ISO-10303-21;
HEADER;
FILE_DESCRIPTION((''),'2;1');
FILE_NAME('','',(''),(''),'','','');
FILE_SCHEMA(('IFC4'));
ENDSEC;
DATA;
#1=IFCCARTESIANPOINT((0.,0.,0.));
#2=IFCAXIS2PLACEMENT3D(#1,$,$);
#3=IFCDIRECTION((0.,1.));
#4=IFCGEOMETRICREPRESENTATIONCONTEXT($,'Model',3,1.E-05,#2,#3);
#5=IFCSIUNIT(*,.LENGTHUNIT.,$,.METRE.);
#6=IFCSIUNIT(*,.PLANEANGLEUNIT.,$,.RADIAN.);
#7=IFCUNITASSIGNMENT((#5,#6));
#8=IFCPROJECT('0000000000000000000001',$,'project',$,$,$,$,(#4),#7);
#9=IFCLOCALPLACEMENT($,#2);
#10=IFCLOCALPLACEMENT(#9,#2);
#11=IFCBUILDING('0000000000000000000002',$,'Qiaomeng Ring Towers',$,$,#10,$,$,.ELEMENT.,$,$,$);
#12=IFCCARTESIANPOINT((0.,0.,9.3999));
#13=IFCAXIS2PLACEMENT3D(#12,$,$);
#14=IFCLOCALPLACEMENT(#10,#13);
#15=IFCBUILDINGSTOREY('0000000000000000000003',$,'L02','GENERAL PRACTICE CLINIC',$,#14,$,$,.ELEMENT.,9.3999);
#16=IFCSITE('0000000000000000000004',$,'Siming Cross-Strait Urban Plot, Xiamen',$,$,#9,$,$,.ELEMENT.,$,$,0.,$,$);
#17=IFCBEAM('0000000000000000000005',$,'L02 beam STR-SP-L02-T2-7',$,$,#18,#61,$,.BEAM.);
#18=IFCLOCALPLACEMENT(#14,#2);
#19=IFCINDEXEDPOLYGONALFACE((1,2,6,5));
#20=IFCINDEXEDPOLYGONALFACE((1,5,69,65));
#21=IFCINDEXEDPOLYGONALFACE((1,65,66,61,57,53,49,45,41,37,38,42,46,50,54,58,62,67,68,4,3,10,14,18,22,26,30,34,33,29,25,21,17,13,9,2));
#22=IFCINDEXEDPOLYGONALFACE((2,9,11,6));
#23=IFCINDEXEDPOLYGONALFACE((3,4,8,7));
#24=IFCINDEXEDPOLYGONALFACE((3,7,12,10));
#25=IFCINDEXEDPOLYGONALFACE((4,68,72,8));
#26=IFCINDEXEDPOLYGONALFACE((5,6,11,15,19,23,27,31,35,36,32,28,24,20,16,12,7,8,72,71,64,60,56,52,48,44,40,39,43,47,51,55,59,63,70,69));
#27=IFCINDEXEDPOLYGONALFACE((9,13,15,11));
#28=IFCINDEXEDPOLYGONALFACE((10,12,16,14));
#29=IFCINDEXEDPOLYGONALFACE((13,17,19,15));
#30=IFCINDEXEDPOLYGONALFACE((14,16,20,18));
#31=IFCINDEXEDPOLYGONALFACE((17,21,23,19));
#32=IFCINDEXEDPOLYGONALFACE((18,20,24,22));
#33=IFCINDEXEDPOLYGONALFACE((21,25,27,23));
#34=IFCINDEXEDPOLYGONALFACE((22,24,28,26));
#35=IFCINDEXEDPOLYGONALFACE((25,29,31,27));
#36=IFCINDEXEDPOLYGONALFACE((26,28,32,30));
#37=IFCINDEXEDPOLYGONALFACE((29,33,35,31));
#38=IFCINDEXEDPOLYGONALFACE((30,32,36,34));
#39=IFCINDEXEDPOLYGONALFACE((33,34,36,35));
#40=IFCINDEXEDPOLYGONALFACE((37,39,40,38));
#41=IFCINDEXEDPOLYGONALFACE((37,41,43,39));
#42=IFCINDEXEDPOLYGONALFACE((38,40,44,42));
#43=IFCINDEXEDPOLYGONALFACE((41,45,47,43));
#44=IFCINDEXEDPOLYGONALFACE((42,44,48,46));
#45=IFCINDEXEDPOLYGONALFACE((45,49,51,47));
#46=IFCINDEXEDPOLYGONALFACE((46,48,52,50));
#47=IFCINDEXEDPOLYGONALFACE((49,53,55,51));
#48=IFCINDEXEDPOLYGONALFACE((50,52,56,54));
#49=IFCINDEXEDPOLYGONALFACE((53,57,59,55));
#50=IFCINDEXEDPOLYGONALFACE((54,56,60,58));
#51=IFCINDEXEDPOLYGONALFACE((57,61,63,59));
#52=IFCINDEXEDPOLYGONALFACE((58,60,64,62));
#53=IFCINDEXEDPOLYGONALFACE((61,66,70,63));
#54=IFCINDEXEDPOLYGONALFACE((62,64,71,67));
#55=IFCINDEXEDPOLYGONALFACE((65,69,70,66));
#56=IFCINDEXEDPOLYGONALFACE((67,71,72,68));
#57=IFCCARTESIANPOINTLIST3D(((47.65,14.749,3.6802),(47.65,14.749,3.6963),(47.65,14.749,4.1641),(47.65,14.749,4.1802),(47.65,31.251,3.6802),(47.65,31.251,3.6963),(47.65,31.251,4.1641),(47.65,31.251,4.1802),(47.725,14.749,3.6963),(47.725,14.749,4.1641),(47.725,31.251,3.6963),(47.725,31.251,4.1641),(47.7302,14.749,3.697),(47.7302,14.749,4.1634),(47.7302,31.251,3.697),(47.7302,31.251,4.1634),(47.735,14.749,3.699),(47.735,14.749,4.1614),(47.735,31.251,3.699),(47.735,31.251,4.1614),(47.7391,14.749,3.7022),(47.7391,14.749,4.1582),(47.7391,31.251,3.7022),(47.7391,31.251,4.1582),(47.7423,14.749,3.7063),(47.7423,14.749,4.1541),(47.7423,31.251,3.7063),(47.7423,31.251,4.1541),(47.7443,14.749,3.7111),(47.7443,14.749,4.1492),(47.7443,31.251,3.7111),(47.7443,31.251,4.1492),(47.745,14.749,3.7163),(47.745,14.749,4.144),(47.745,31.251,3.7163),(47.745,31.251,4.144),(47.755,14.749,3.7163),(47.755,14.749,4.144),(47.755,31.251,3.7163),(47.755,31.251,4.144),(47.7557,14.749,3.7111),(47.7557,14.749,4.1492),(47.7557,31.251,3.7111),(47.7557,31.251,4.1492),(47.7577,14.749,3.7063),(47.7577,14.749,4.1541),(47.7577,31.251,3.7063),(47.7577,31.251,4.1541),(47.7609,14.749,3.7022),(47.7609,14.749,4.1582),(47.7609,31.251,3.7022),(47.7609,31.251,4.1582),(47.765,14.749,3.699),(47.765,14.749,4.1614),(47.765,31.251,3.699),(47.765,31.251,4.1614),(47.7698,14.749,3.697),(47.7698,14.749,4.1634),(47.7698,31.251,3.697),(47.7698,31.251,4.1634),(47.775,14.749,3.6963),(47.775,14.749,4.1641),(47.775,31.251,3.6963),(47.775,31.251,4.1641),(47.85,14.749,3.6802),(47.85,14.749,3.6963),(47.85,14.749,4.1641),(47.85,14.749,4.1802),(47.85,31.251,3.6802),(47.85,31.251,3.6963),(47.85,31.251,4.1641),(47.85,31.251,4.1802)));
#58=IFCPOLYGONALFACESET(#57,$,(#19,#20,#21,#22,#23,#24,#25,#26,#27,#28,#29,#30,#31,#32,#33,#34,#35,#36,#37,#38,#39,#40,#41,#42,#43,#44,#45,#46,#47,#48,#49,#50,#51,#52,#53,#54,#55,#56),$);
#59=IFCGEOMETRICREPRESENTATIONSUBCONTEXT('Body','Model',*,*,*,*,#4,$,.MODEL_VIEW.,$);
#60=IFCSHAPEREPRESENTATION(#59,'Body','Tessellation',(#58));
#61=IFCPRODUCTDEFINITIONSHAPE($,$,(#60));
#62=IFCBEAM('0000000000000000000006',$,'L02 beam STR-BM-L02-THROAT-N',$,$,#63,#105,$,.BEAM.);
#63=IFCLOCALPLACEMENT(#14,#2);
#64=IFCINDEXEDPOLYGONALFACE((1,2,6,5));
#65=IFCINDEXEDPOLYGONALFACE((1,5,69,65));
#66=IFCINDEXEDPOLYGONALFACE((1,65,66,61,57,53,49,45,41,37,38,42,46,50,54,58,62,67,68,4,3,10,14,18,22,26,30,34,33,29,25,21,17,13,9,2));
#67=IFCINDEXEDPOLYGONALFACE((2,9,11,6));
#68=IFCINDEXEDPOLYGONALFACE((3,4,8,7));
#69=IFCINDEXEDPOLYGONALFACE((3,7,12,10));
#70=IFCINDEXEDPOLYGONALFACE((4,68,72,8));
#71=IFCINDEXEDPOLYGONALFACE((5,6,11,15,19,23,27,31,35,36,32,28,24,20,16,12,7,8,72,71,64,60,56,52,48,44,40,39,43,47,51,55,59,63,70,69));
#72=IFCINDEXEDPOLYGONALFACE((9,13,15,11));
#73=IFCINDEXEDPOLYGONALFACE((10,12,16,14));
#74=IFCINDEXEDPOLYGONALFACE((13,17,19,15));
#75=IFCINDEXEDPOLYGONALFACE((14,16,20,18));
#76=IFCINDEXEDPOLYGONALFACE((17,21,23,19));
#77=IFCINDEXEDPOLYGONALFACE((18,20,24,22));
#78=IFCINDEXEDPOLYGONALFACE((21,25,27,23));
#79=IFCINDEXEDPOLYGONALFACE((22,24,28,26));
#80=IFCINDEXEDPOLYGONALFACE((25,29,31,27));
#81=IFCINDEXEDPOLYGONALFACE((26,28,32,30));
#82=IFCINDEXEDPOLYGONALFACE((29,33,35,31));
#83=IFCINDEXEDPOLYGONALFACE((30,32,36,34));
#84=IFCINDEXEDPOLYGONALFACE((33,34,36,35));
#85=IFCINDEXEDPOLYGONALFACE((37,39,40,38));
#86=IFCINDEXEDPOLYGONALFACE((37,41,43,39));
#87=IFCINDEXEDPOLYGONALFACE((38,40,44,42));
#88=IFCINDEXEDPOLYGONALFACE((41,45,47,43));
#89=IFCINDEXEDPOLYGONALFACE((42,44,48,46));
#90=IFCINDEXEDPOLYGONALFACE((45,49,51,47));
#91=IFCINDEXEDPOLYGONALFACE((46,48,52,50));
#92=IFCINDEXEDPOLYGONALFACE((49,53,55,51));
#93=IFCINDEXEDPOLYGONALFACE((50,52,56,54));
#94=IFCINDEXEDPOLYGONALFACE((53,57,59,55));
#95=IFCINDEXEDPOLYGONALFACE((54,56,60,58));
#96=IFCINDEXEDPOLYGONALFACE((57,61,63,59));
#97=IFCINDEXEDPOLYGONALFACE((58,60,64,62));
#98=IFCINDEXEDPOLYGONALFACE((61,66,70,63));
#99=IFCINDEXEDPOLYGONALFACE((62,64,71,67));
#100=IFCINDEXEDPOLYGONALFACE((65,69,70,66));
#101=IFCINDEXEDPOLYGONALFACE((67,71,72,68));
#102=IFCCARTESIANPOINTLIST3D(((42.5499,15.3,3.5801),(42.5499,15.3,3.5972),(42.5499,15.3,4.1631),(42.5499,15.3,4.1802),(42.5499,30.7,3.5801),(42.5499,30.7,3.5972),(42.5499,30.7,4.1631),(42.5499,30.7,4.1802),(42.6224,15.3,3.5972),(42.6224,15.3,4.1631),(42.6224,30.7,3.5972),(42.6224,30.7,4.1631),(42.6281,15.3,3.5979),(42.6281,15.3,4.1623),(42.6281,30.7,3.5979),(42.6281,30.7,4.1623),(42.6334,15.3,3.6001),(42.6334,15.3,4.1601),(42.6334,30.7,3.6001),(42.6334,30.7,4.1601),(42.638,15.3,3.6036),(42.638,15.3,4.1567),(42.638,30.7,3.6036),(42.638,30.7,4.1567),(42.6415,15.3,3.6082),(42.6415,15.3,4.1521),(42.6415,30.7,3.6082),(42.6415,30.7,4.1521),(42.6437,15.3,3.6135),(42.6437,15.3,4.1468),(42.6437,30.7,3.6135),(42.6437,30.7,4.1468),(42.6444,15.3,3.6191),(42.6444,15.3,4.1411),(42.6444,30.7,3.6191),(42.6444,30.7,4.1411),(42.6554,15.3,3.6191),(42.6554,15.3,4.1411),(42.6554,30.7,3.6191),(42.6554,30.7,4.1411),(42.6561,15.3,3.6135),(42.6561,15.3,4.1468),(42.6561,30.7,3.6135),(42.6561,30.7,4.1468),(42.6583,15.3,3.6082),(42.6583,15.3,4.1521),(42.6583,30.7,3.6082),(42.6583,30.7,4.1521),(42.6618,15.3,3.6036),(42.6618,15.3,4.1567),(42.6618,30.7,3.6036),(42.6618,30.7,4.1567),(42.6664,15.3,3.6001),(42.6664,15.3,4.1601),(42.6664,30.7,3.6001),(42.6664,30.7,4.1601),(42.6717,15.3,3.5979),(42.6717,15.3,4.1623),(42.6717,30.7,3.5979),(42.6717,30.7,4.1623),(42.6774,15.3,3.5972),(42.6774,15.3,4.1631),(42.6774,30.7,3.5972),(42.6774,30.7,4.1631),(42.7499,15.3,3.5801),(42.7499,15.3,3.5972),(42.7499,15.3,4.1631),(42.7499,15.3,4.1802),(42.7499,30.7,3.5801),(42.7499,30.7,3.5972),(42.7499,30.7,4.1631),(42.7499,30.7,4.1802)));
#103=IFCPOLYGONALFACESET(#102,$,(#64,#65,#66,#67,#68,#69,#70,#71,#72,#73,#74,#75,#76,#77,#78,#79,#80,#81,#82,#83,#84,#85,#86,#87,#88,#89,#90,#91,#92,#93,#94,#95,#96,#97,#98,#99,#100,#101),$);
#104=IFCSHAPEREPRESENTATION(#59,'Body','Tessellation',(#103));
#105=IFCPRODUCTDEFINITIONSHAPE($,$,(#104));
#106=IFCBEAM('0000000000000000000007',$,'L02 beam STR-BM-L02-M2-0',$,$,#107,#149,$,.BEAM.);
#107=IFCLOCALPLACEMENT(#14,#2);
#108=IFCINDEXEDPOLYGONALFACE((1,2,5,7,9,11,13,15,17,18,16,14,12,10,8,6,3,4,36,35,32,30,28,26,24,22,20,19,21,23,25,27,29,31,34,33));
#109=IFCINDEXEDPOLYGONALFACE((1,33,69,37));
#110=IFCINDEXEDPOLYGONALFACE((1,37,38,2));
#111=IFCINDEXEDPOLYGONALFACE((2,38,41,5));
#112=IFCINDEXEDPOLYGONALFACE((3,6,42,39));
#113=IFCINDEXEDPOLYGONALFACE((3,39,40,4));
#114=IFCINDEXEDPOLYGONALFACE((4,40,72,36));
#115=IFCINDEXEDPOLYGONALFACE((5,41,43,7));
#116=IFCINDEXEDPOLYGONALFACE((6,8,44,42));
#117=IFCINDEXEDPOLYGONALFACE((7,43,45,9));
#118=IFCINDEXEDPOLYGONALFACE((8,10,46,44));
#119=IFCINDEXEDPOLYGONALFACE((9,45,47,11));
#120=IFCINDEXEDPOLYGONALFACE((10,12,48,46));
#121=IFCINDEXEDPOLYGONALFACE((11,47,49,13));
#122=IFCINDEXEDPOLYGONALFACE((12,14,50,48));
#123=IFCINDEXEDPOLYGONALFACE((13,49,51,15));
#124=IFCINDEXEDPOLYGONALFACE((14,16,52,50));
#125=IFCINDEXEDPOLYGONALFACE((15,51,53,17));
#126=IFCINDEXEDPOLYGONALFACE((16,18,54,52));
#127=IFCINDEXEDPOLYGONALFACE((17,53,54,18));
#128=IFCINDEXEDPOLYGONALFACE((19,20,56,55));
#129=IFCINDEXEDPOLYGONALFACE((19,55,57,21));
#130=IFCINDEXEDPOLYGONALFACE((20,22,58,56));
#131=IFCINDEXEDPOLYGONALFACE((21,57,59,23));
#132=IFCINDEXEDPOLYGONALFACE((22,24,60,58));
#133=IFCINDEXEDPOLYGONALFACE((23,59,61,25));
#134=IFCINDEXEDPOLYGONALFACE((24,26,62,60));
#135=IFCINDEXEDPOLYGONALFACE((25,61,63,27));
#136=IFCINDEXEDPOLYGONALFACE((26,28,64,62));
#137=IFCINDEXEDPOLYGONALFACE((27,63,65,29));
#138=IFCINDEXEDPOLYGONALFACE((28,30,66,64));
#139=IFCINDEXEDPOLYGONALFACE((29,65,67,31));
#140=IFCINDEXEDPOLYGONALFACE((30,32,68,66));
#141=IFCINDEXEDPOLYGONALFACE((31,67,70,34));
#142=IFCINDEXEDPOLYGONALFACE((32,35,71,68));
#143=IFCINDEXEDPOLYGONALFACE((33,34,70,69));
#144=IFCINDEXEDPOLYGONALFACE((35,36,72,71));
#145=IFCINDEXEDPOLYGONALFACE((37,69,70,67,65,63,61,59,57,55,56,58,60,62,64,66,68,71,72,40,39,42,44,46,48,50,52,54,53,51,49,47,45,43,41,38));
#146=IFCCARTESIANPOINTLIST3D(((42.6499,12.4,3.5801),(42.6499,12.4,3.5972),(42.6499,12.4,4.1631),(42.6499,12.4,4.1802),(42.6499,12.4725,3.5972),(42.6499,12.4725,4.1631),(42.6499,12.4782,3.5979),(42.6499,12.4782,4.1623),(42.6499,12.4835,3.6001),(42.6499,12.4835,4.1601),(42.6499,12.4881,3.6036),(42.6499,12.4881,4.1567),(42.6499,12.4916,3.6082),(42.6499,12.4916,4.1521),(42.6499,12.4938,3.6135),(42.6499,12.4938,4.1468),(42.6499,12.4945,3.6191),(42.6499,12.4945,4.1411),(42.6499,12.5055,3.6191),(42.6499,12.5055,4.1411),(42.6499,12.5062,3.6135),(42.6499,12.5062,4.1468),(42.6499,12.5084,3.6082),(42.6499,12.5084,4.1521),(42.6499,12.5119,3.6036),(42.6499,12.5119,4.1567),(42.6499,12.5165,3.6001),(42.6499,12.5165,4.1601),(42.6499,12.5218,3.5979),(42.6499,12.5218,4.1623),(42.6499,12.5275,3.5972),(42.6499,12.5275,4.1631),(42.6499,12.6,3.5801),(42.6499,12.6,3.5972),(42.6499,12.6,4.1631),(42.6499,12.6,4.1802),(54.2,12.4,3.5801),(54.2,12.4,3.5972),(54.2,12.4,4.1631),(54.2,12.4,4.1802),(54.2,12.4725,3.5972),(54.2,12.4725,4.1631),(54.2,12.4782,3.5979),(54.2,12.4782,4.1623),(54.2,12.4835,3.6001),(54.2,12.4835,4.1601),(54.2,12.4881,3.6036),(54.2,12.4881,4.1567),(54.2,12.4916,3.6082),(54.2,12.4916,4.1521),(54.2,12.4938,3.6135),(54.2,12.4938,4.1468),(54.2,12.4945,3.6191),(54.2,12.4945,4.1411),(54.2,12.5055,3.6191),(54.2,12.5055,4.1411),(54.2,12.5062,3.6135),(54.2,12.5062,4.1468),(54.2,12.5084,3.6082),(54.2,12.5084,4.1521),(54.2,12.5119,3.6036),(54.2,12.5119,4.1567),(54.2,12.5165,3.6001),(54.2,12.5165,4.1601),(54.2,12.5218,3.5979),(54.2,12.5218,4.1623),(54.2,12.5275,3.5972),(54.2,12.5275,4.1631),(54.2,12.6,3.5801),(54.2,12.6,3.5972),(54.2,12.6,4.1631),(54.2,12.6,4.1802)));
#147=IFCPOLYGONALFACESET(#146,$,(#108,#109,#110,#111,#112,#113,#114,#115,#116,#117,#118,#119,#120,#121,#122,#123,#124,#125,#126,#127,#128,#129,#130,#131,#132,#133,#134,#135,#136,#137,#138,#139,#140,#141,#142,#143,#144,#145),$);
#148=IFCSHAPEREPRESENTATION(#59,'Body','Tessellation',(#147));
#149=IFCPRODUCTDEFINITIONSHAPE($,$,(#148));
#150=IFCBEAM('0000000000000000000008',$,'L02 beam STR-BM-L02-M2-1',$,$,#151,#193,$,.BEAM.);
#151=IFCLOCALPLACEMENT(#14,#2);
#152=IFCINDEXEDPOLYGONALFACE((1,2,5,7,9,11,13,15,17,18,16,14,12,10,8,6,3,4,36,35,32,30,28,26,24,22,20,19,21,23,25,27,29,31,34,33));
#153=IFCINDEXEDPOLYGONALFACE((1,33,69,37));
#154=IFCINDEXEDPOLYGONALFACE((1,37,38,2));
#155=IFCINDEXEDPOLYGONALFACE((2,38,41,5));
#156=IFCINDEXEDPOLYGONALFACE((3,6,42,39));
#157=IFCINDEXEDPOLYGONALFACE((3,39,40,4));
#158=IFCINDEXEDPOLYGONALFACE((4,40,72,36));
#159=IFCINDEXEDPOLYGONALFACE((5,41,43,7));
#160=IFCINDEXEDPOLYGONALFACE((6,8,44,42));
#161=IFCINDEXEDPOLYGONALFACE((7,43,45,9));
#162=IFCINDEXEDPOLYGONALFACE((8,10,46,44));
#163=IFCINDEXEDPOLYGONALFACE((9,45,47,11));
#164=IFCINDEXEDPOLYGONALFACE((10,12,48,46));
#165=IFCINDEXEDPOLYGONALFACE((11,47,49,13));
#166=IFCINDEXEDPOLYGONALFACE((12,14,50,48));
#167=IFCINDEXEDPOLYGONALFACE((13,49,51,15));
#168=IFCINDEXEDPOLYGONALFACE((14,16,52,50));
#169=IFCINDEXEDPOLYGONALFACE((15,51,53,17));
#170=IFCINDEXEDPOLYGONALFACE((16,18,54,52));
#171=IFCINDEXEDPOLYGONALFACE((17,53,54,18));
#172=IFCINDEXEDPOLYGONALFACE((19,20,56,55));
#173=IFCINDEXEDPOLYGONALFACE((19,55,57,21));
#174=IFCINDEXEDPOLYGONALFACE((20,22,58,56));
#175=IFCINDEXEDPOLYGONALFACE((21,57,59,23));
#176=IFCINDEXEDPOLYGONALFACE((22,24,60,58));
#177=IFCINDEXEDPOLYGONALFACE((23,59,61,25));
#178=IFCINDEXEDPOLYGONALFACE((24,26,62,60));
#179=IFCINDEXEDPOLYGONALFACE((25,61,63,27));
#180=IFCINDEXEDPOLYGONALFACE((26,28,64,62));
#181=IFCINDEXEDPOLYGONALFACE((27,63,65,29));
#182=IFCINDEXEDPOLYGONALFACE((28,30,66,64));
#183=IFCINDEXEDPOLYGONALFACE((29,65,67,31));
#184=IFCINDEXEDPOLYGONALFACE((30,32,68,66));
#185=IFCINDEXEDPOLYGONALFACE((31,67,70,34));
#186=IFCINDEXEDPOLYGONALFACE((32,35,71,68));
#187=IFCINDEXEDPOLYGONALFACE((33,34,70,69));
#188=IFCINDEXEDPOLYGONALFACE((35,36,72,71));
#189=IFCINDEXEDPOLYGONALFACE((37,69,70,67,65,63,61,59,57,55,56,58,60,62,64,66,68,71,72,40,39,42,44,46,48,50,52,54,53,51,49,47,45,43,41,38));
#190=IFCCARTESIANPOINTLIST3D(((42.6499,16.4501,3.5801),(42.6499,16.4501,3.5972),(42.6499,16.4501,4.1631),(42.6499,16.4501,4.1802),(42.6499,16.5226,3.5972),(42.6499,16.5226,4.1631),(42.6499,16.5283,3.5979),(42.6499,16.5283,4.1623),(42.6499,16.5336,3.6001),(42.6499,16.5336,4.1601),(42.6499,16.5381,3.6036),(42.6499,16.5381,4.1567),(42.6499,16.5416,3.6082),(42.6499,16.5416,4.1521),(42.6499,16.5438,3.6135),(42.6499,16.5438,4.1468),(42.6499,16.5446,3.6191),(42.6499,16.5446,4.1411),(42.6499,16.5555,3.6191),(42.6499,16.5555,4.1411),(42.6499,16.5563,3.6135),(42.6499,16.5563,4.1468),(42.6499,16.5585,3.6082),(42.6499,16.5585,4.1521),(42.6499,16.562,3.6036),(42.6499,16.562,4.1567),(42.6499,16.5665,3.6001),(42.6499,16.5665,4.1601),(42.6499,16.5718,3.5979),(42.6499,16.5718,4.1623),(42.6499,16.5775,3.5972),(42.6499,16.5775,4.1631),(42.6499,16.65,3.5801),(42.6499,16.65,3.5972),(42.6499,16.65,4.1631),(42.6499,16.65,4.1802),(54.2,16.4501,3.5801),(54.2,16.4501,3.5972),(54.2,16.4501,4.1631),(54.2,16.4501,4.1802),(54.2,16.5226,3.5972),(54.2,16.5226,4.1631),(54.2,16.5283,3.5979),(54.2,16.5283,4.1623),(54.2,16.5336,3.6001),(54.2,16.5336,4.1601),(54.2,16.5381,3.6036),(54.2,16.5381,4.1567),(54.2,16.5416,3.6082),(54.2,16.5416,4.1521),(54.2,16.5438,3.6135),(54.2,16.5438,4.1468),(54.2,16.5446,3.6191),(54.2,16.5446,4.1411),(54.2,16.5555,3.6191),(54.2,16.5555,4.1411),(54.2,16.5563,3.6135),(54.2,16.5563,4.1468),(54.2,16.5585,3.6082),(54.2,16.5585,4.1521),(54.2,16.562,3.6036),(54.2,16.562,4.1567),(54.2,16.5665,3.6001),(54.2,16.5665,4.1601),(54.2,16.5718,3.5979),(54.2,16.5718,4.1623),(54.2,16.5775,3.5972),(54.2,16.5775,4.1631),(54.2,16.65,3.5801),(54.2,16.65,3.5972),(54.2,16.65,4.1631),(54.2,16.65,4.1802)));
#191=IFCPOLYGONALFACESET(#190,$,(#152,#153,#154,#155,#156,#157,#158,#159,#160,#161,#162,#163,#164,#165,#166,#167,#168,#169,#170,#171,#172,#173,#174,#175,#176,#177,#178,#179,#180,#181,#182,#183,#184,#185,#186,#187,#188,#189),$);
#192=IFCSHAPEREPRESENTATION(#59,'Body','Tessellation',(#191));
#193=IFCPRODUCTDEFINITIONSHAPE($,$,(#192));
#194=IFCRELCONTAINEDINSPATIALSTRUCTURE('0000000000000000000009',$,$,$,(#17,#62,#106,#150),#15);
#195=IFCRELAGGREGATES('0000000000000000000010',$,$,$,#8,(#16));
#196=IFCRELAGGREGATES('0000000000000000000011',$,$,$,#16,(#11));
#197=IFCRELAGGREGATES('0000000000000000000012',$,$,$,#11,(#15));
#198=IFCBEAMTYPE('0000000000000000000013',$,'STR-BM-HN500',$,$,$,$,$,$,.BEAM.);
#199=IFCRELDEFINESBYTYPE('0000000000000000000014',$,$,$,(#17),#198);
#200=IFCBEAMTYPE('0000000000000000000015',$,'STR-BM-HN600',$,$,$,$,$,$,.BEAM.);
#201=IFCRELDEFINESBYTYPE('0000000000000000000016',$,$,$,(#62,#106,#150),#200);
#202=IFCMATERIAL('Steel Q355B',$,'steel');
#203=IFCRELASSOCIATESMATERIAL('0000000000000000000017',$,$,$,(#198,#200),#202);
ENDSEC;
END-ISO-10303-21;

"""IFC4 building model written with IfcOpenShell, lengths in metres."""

from ifc_helpers import new_model, si_unit, direction, frame, origin, origin_2d, place, context, subcontext, project, spatial, i_section, extrude, source, transform, mapped, material, material_profile, profile_set, type_object, element, save


model = new_model("IFC4")

# Units and contexts
model_context = context("Model", 3, precision=1e-05, world=origin(), true_north=direction((0.0, 1.0)))
body_context = subcontext(model_context, "Body", "Model", "MODEL_VIEW")
ifc_project = project(units=[si_unit("LENGTHUNIT", "METRE"), si_unit("PLANEANGLEUNIT", "RADIAN")], contexts=[model_context])

# Site, building, storey
site_placement = place(None, origin())
site = spatial("IfcSite", under=ifc_project, at=site_placement, Name="Siming Cross-Strait Urban Plot, Xiamen", CompositionType="ELEMENT", RefElevation=0.0)
building_placement = place(site_placement, origin())
building = spatial("IfcBuilding", under=site, at=building_placement, Name="Qiaomeng Ring Towers", CompositionType="ELEMENT")
storey_placement = place(building_placement, frame((0.0, 0.0, 9.3999)))
storey = spatial("IfcBuildingStorey", under=building, at=storey_placement, Name="L02", Description="GENERAL PRACTICE CLINIC", CompositionType="ELEMENT", Elevation=9.3999)

# Beams
ifc_material_1 = material(Name="Steel Q355B", Category="steel")
ifc_material_profile_1 = material_profile(ifc_material_1, i_section(OverallWidth=0.2, OverallDepth=0.5, WebThickness=0.01, FlangeThickness=0.0161, FilletRadius=0.02, at=origin_2d()), Name="HN 500x200x10x16")
ifc_profile_set_1 = profile_set([ifc_material_profile_1], Name="Steel Q355B")
beam_type_1 = type_object("IfcBeamType", Name="STR-BM-HN500", PredefinedType="BEAM", material=ifc_profile_set_1)
shared_shape_1 = source(origin(), body_context, "Body", "SweptSolid", [
    extrude(i_section(OverallWidth=0.2, OverallDepth=0.5, WebThickness=0.01, FlangeThickness=0.0161, FilletRadius=0.02, at=origin_2d()), origin(), (0.0, 0.0, 1.0), 16.502),
])
for number, where, z_axis, x_axis, name in (
    (1, (47.75, 14.749, 3.9302), (0.0, 1.0, 0.0), (-1.0, 0.0, 0.0), "L02 beam STR-SP-L02-T2-7"),
):
    element("IfcBeam", number, at=place(storey_placement, frame(where, z_axis=z_axis, x_axis=x_axis)), inside=storey, type_object=beam_type_1, Name=name, PredefinedType="BEAM", context=body_context, shape_type="MappedRepresentation", body=[
        mapped(shared_shape_1, transform((0.0, 0.0, 0.0), x_axis=(1.0, 0.0, 0.0), y_axis=(0.0, 1.0, 0.0), z_axis=(0.0, 0.0, 1.0), scale=1.0)),
    ])
ifc_material_profile_2 = material_profile(ifc_material_1, i_section(OverallWidth=0.2, OverallDepth=0.6001, WebThickness=0.011, FlangeThickness=0.0171, FilletRadius=0.022, at=origin_2d()), Name="HN 600x200x11x17")
ifc_profile_set_2 = profile_set([ifc_material_profile_2], Name="Steel Q355B")
beam_type_2 = type_object("IfcBeamType", Name="STR-BM-HN600", PredefinedType="BEAM", material=ifc_profile_set_2)
shared_shape_2 = source(origin(), body_context, "Body", "SweptSolid", [
    extrude(i_section(OverallWidth=0.2, OverallDepth=0.6001, WebThickness=0.011, FlangeThickness=0.0171, FilletRadius=0.022, at=origin_2d()), origin(), (0.0, 0.0, 1.0), 15.3999),
])
beam_1_placement = place(storey_placement, frame((42.6499, 15.3, 3.8801), z_axis=(0.0, 1.0, 0.0), x_axis=(-1.0, 0.0, 0.0)))
element("IfcBeam", 2, at=beam_1_placement, inside=storey, type_object=beam_type_2, Name="L02 beam STR-BM-L02-THROAT-N", PredefinedType="BEAM", context=body_context, shape_type="MappedRepresentation", body=[
    mapped(shared_shape_2, transform((0.0, 0.0, 0.0), x_axis=(1.0, 0.0, 0.0), y_axis=(0.0, 1.0, 0.0), z_axis=(0.0, 0.0, 1.0), scale=1.0)),
])
shared_shape_3 = source(origin(), body_context, "Body", "SweptSolid", [
    extrude(i_section(OverallWidth=0.2, OverallDepth=0.6001, WebThickness=0.011, FlangeThickness=0.0171, FilletRadius=0.022, at=origin_2d()), origin(), (0.0, 0.0, 1.0), 11.55),
])
for number, where, z_axis, x_axis, name in (
    (3, (42.6499, 12.5, 3.8801), (1.0, 0.0, 0.0), (0.0, 1.0, 0.0), "L02 beam STR-BM-L02-M2-0"),
    (4, (42.6499, 16.55, 3.8801), (1.0, 0.0, 0.0), (0.0, 1.0, 0.0), "L02 beam STR-BM-L02-M2-1"),
):
    element("IfcBeam", number, at=place(storey_placement, frame(where, z_axis=z_axis, x_axis=x_axis)), inside=storey, type_object=beam_type_2, Name=name, PredefinedType="BEAM", context=body_context, shape_type="MappedRepresentation", body=[
        mapped(shared_shape_3, transform((0.0, 0.0, 0.0), x_axis=(1.0, 0.0, 0.0), y_axis=(0.0, 1.0, 0.0), z_axis=(0.0, 0.0, 1.0), scale=1.0)),
    ])

save(model, "model.ifc")
